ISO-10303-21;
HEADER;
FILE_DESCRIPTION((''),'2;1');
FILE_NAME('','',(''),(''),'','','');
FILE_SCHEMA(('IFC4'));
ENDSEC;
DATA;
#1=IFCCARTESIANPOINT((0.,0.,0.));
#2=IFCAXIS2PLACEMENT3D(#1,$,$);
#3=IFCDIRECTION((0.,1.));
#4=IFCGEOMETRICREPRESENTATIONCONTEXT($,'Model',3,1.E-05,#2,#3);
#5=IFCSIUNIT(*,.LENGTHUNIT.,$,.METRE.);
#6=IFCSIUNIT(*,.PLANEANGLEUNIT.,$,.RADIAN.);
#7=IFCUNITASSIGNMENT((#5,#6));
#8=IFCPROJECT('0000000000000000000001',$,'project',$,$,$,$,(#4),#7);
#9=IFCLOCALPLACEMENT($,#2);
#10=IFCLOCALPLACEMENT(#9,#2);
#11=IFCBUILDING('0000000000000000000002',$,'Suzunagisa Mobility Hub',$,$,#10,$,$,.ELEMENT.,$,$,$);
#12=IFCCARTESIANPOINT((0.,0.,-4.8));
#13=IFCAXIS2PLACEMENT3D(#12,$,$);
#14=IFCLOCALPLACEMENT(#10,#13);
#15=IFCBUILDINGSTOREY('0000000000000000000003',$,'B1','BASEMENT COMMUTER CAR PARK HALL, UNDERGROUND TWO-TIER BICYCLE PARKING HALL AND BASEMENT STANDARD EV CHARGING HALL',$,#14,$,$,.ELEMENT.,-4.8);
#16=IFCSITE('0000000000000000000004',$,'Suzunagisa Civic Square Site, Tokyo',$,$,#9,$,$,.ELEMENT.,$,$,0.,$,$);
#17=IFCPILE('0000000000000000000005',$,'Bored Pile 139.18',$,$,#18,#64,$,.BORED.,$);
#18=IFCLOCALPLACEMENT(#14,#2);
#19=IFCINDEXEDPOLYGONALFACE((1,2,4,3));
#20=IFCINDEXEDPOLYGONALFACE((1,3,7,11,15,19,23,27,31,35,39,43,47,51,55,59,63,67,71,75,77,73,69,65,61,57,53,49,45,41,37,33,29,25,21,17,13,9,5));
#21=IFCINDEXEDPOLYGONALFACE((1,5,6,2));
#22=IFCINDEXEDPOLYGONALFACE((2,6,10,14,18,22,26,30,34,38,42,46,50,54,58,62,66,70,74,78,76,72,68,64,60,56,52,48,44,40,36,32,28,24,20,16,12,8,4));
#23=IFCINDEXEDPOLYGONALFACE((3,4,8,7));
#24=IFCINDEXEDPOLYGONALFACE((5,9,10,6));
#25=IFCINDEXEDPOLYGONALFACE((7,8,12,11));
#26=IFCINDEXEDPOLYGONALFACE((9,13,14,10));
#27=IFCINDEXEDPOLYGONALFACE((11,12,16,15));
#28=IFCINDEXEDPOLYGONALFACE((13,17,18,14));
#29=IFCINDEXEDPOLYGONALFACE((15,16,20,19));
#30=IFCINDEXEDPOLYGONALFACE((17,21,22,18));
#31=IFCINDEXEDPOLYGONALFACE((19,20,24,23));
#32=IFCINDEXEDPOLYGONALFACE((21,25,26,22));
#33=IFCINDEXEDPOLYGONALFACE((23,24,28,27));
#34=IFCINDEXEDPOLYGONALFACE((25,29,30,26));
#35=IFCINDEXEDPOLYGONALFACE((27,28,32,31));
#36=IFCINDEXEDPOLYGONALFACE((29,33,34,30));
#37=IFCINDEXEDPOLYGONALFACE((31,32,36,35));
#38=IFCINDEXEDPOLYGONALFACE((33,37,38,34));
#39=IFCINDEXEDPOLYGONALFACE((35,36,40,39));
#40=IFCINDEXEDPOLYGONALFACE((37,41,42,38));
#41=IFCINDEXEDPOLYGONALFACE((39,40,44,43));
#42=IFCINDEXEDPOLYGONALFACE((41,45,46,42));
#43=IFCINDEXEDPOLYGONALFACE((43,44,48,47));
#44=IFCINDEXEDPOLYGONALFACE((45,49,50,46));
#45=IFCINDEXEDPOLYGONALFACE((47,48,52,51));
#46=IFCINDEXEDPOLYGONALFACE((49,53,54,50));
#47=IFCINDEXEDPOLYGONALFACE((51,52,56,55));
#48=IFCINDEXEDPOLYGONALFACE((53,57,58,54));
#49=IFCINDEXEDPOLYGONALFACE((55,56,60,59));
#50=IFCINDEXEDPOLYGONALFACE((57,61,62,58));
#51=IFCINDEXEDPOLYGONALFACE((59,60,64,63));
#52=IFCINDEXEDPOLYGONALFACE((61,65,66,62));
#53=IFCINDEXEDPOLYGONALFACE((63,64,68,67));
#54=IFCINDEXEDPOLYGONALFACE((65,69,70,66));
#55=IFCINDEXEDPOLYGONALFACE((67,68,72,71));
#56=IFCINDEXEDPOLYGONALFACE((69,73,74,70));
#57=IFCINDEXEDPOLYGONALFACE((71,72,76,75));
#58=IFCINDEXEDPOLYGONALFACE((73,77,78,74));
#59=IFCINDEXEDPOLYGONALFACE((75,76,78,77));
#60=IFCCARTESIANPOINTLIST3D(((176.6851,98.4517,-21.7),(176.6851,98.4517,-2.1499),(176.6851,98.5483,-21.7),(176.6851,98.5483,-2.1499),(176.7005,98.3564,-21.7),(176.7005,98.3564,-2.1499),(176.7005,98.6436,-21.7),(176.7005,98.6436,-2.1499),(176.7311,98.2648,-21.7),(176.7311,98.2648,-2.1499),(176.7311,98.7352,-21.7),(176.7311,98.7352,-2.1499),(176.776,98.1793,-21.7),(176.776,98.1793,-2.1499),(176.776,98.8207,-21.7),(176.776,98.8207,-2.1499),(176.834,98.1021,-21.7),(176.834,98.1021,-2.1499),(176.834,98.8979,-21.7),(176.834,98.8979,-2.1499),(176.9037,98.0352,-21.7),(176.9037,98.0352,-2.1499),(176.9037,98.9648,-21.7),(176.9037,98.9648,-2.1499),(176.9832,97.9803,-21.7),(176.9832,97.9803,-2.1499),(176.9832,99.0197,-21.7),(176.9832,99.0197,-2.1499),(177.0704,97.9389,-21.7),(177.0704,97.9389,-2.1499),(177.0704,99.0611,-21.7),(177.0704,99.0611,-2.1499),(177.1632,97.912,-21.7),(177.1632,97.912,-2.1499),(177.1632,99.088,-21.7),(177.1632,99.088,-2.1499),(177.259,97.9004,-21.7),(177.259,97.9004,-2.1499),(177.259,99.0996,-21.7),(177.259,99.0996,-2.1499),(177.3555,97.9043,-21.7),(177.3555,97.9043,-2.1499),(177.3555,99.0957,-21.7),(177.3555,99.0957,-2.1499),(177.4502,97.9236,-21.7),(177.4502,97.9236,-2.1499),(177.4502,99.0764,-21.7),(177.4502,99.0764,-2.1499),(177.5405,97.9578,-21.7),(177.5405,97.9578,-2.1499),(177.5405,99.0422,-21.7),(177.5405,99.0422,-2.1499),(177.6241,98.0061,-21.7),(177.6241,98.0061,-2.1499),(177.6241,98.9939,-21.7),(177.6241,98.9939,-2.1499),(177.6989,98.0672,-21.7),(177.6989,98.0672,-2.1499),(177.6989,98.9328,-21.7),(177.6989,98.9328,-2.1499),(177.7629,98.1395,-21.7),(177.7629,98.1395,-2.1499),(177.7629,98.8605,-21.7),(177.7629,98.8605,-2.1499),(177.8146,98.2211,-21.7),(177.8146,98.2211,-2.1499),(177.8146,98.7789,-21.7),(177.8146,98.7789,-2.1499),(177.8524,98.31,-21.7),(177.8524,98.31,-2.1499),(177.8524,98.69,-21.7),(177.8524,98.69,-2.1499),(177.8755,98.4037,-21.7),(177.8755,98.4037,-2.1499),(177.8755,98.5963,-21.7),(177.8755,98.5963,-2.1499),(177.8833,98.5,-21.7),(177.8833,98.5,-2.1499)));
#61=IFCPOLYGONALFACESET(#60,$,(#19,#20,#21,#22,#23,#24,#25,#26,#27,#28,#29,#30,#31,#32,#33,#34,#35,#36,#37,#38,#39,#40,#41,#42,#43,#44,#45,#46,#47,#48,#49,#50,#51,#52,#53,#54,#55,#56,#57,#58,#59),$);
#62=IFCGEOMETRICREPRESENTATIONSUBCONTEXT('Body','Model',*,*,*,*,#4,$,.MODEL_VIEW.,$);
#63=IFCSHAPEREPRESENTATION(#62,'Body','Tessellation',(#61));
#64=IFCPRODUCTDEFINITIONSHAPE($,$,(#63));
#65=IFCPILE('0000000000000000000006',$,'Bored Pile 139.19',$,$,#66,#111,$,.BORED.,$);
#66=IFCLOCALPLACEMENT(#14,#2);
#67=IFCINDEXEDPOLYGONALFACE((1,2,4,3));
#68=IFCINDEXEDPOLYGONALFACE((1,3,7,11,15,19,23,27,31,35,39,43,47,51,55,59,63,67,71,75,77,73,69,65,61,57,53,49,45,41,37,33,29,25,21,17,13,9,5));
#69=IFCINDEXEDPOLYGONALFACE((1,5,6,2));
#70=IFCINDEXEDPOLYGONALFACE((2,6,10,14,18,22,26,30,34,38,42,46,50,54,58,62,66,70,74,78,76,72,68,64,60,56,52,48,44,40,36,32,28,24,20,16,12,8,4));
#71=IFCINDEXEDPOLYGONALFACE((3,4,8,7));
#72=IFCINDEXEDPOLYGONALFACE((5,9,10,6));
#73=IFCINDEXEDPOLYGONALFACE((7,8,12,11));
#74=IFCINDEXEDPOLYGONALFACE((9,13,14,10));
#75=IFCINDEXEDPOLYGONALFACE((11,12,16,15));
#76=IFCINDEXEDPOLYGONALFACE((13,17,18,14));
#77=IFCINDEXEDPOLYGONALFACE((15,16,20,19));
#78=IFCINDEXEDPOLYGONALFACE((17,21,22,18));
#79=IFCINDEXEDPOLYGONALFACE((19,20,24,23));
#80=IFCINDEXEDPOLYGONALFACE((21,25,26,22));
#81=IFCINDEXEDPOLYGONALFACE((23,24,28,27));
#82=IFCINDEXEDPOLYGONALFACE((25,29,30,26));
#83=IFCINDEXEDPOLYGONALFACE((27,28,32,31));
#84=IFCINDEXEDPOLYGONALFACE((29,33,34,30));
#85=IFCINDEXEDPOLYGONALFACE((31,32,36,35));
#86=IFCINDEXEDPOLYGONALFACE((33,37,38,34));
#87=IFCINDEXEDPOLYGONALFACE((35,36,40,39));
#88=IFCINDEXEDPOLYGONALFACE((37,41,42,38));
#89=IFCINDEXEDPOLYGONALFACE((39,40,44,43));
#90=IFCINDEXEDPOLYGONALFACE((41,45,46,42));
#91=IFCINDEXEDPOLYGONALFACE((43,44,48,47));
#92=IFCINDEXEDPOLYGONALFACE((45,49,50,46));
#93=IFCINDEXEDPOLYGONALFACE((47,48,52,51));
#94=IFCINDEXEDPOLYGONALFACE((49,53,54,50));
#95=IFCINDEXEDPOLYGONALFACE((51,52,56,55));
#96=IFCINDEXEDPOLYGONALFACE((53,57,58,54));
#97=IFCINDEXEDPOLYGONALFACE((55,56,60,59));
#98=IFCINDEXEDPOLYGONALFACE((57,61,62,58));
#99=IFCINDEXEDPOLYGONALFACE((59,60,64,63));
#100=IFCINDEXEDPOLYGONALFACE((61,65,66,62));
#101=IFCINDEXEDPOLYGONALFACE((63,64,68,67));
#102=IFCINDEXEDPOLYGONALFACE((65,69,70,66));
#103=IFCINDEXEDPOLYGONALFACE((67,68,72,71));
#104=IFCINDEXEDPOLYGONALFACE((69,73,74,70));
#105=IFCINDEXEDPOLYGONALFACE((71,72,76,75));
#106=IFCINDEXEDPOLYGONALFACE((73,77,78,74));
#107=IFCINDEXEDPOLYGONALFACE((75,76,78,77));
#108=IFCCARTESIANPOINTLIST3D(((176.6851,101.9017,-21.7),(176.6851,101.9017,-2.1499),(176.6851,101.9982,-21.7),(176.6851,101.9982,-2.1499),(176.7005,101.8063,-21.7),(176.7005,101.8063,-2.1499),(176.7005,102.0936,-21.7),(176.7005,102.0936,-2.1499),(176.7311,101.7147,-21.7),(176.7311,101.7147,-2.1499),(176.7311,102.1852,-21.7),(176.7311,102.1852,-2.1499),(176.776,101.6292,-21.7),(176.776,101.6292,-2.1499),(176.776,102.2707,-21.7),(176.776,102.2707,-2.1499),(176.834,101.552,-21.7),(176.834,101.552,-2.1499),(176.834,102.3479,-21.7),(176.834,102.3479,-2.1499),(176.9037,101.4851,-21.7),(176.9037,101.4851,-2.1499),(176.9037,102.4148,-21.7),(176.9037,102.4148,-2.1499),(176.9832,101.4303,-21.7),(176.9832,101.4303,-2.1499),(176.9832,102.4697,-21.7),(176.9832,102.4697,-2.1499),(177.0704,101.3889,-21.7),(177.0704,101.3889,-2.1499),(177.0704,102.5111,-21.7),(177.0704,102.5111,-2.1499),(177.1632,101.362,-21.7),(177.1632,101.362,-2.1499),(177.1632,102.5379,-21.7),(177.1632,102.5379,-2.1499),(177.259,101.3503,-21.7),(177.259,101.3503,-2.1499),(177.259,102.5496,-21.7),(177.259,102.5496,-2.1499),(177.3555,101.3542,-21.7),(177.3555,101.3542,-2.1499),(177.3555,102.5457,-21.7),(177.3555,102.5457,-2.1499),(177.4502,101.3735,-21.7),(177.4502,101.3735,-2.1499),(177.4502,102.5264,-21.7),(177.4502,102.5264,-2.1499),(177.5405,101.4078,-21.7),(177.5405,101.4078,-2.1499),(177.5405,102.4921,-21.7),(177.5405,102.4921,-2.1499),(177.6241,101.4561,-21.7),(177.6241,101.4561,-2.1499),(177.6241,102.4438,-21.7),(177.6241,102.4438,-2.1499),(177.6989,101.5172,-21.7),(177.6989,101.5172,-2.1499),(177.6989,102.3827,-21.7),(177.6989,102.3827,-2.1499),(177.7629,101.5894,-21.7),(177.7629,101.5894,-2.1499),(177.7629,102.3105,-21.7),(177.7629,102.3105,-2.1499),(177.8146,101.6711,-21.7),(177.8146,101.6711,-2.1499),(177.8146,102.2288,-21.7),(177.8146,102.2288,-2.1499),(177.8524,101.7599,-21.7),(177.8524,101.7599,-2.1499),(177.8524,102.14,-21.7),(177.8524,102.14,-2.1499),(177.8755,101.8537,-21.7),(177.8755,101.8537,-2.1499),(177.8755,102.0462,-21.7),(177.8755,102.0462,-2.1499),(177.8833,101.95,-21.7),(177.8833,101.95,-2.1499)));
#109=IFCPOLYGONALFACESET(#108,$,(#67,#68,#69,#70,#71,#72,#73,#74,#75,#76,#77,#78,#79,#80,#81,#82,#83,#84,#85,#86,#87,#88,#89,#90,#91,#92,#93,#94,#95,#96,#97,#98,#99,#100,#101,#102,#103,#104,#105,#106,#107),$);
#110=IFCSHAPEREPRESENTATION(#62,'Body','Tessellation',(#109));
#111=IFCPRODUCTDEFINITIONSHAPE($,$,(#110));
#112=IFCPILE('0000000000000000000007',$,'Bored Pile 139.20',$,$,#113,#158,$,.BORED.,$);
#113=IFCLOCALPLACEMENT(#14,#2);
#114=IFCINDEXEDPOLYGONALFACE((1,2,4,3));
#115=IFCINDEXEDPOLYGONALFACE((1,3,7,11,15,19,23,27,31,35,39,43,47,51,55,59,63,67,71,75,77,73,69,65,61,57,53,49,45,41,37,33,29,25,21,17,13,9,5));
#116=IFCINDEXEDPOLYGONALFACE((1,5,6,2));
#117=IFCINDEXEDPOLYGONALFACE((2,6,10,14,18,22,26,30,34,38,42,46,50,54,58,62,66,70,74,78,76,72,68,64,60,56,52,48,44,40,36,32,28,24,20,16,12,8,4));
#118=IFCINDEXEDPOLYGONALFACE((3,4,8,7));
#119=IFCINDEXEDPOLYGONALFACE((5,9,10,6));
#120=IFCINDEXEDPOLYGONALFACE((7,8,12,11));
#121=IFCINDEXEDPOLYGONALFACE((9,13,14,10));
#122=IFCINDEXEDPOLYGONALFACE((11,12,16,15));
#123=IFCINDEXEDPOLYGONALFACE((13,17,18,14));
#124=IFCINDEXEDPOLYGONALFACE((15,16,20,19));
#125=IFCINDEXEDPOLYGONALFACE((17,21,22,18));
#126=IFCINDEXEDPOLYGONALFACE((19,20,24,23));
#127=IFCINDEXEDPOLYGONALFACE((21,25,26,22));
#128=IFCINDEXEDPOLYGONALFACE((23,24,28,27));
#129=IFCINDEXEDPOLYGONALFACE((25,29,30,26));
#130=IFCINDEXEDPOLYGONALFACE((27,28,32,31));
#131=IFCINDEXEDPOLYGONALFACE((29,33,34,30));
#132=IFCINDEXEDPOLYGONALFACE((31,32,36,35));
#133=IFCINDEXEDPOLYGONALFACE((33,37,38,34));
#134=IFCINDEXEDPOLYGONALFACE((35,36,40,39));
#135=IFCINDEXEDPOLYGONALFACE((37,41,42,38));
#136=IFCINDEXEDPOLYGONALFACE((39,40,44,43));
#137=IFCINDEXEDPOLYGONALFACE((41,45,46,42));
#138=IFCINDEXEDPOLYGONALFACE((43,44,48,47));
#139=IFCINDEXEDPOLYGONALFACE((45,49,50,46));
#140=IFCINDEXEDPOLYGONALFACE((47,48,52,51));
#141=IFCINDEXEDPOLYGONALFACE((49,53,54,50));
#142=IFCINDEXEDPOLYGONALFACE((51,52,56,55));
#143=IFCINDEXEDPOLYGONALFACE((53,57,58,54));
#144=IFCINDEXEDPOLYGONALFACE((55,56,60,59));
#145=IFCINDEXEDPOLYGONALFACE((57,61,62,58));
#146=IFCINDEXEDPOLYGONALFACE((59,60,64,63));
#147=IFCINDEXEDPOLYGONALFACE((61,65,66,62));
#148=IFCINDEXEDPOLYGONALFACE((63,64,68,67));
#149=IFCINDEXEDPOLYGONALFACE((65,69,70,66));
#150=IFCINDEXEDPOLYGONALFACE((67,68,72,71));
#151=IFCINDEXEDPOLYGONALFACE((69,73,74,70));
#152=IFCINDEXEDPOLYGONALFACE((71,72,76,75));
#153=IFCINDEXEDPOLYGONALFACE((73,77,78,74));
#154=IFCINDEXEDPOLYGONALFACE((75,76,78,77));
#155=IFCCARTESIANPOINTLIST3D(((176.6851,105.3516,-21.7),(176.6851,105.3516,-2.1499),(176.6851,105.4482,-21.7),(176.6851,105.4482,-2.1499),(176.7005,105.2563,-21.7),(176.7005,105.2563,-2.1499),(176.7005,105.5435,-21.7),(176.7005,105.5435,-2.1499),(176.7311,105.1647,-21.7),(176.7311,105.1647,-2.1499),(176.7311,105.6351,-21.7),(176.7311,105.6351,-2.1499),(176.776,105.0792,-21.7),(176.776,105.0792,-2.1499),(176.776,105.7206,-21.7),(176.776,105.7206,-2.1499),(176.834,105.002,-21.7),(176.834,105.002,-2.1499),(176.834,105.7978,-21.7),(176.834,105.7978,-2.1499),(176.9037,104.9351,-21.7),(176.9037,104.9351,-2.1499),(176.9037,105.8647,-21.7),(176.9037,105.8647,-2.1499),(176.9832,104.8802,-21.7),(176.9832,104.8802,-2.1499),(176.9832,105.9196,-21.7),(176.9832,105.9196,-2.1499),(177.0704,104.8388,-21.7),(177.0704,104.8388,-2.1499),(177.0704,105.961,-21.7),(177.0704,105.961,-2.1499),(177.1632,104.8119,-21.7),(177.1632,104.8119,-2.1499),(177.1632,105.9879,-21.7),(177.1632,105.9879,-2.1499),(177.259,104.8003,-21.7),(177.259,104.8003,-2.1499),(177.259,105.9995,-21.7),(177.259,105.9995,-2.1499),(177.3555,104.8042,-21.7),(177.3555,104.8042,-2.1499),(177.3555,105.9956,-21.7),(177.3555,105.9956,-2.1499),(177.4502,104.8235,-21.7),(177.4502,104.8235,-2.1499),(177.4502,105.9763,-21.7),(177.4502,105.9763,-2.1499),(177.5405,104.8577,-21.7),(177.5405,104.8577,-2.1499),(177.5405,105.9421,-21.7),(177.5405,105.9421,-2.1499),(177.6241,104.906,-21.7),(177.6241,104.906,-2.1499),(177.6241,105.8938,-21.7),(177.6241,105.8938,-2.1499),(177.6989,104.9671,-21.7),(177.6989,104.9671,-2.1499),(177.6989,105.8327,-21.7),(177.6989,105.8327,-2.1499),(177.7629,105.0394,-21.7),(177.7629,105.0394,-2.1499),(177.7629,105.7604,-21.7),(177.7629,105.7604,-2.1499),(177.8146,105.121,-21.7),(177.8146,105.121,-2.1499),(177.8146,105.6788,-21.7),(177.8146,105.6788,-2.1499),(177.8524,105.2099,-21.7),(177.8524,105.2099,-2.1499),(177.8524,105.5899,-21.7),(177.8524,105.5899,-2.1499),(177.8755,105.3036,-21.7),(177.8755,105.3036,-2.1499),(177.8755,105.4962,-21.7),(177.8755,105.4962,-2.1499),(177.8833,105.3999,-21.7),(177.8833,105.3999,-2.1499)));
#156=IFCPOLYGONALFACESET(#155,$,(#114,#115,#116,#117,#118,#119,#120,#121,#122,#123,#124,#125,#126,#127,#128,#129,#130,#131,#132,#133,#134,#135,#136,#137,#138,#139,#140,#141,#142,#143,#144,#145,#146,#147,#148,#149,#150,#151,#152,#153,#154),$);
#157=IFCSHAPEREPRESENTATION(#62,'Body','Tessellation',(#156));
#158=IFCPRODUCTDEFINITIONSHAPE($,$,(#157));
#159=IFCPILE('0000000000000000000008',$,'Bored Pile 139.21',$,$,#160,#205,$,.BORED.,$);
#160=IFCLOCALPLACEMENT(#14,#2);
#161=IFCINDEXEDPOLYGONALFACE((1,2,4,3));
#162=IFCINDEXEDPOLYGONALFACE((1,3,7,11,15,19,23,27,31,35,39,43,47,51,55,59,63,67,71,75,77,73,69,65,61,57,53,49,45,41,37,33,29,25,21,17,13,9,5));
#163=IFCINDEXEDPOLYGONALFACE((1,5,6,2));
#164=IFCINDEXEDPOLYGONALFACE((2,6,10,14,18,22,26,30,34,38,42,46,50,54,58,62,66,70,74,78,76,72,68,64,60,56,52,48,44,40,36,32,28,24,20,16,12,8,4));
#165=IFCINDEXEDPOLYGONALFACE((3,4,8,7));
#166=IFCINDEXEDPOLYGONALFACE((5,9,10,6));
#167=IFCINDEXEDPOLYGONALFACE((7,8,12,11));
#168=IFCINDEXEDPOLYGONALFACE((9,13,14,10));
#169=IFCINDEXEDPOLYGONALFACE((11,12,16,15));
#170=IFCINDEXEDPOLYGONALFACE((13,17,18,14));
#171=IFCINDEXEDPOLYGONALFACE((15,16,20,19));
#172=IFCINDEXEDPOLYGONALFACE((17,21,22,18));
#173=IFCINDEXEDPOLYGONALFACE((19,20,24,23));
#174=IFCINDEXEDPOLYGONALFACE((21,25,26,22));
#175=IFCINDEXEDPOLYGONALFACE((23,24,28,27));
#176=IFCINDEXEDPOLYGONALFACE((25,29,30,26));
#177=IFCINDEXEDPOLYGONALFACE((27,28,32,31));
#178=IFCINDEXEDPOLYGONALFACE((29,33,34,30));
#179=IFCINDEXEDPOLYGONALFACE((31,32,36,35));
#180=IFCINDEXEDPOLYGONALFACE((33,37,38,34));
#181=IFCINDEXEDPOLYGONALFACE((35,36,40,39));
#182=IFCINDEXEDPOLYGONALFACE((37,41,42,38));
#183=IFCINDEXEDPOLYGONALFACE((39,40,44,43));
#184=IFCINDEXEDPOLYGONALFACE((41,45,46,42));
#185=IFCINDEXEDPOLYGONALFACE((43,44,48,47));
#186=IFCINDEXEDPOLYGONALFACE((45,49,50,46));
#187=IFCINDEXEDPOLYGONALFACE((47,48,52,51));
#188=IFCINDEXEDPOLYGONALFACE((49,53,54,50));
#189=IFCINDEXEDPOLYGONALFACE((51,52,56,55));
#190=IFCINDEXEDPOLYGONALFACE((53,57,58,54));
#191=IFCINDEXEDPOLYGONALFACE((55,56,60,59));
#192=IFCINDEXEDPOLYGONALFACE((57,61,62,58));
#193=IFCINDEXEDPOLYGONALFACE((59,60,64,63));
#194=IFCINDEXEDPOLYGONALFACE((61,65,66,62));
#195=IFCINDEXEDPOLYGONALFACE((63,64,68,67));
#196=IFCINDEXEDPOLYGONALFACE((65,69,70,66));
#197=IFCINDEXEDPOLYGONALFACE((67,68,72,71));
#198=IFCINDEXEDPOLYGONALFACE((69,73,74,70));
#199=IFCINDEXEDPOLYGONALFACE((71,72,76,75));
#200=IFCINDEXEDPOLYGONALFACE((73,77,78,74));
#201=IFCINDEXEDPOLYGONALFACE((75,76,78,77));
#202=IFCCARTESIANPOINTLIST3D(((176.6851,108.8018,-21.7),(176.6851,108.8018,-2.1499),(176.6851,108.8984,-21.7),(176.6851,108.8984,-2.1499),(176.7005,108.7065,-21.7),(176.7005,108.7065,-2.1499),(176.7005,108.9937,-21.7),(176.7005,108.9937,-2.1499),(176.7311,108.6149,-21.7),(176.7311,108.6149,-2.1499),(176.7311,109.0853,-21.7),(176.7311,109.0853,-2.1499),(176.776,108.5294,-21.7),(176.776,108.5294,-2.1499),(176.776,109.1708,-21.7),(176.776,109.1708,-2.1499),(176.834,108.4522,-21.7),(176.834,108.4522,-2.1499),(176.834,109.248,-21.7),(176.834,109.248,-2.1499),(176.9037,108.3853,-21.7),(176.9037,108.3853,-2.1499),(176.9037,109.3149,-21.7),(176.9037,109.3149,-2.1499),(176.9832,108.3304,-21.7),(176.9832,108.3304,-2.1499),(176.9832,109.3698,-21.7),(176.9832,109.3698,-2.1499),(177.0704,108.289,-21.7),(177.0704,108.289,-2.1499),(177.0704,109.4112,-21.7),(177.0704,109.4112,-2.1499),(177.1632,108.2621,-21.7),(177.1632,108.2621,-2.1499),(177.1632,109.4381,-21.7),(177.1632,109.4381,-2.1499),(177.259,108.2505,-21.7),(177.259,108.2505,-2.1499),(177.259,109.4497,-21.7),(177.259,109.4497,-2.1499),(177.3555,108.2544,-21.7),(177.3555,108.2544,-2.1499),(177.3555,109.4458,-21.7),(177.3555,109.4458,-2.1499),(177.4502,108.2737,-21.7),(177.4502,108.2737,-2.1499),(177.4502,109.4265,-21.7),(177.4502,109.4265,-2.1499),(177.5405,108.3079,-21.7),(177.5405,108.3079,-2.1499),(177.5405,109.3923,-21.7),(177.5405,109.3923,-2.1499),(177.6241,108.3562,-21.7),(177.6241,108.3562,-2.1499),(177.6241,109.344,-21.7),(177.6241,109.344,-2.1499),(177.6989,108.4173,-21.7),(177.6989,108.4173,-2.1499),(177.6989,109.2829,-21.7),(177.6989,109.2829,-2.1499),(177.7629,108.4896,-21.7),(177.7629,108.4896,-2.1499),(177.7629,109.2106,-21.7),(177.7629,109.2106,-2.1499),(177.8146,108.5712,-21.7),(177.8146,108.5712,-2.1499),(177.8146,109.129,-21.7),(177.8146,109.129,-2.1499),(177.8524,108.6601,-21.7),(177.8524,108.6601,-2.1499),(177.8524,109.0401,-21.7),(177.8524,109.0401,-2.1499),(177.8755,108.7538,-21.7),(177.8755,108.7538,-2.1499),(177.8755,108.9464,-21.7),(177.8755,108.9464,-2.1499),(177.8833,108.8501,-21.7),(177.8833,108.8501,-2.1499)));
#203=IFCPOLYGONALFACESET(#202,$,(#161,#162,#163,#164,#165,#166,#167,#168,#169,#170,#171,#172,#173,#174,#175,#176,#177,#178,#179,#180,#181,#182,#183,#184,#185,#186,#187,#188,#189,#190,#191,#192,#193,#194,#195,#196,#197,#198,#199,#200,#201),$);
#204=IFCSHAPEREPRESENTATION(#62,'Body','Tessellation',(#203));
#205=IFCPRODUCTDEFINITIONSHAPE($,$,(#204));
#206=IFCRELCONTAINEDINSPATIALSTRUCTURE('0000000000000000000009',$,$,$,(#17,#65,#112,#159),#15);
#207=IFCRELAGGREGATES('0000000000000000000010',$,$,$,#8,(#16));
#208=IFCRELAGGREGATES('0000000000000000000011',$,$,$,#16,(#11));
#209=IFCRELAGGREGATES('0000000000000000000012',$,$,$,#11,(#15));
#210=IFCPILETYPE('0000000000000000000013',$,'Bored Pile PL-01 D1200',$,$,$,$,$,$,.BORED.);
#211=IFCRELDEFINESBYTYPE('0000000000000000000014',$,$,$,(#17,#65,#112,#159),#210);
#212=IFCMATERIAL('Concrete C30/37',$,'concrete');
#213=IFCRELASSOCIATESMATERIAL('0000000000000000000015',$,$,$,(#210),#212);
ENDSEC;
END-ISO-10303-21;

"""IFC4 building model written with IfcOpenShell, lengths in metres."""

from ifc_helpers import new_model, si_unit, direction, frame, origin, origin_2d, place, context, subcontext, project, spatial, circle, extrude, material, material_profile, profile_set, type_object, element, save


model = new_model("IFC4")

# Units and contexts
model_context = context("Model", 3, precision=1e-05, world=origin(), true_north=direction((0.0, 1.0)))
body_context = subcontext(model_context, "Body", "Model", "MODEL_VIEW")
ifc_project = project(units=[si_unit("LENGTHUNIT", "METRE"), si_unit("PLANEANGLEUNIT", "RADIAN")], contexts=[model_context])

# Site, building, storey
site_placement = place(None, origin())
site = spatial("IfcSite", under=ifc_project, at=site_placement, Name="Suzunagisa Civic Square Site, Tokyo", CompositionType="ELEMENT", RefElevation=0.0)
building_placement = place(site_placement, origin())
building = spatial("IfcBuilding", under=site, at=building_placement, Name="Suzunagisa Mobility Hub", CompositionType="ELEMENT")
storey_placement = place(building_placement, frame((0.0, 0.0, -4.8)))
storey = spatial("IfcBuildingStorey", under=building, at=storey_placement, Name="B1", Description="BASEMENT COMMUTER CAR PARK HALL, UNDERGROUND TWO-TIER BICYCLE PARKING HALL AND BASEMENT STANDARD EV CHARGING HALL", CompositionType="ELEMENT", Elevation=-4.8)

# Piles
ifc_material_1 = material(Name="Concrete C30/37", Category="concrete")
ifc_material_profile_1 = material_profile(ifc_material_1, circle(Radius=0.6001, at=origin_2d()), Name="BORED PILE D1200")
ifc_profile_set_1 = profile_set([ifc_material_profile_1], Name="Concrete C30/37")
pile_type = type_object("IfcPileType", Name="Bored Pile PL-01 D1200", PredefinedType="BORED", material=ifc_profile_set_1)
for number, where, z_axis, x_axis, name in (
    (1, (177.2832, 98.5, -2.1499), (0.0, 0.0, -1.0), (1.0, 0.0, 0.0), "Bored Pile 139.18"),
    (2, (177.2832, 101.95, -2.1499), (0.0, 0.0, -1.0), (1.0, 0.0, 0.0), "Bored Pile 139.19"),
    (3, (177.2832, 105.3999, -2.1499), (0.0, 0.0, -1.0), (1.0, 0.0, 0.0), "Bored Pile 139.20"),
    (4, (177.2832, 108.8501, -2.1499), (0.0, 0.0, -1.0), (1.0, 0.0, 0.0), "Bored Pile 139.21"),
):
    element("IfcPile", number, at=place(storey_placement, frame(where, z_axis=z_axis, x_axis=x_axis)), inside=storey, type_object=pile_type, Name=name, PredefinedType="BORED", context=body_context, shape_type="SweptSolid", body=[
        extrude(circle(Radius=0.6001, at=origin_2d()), origin(), (0.0, 0.0, 1.0), 19.55),
    ])

save(model, "model.ifc")
